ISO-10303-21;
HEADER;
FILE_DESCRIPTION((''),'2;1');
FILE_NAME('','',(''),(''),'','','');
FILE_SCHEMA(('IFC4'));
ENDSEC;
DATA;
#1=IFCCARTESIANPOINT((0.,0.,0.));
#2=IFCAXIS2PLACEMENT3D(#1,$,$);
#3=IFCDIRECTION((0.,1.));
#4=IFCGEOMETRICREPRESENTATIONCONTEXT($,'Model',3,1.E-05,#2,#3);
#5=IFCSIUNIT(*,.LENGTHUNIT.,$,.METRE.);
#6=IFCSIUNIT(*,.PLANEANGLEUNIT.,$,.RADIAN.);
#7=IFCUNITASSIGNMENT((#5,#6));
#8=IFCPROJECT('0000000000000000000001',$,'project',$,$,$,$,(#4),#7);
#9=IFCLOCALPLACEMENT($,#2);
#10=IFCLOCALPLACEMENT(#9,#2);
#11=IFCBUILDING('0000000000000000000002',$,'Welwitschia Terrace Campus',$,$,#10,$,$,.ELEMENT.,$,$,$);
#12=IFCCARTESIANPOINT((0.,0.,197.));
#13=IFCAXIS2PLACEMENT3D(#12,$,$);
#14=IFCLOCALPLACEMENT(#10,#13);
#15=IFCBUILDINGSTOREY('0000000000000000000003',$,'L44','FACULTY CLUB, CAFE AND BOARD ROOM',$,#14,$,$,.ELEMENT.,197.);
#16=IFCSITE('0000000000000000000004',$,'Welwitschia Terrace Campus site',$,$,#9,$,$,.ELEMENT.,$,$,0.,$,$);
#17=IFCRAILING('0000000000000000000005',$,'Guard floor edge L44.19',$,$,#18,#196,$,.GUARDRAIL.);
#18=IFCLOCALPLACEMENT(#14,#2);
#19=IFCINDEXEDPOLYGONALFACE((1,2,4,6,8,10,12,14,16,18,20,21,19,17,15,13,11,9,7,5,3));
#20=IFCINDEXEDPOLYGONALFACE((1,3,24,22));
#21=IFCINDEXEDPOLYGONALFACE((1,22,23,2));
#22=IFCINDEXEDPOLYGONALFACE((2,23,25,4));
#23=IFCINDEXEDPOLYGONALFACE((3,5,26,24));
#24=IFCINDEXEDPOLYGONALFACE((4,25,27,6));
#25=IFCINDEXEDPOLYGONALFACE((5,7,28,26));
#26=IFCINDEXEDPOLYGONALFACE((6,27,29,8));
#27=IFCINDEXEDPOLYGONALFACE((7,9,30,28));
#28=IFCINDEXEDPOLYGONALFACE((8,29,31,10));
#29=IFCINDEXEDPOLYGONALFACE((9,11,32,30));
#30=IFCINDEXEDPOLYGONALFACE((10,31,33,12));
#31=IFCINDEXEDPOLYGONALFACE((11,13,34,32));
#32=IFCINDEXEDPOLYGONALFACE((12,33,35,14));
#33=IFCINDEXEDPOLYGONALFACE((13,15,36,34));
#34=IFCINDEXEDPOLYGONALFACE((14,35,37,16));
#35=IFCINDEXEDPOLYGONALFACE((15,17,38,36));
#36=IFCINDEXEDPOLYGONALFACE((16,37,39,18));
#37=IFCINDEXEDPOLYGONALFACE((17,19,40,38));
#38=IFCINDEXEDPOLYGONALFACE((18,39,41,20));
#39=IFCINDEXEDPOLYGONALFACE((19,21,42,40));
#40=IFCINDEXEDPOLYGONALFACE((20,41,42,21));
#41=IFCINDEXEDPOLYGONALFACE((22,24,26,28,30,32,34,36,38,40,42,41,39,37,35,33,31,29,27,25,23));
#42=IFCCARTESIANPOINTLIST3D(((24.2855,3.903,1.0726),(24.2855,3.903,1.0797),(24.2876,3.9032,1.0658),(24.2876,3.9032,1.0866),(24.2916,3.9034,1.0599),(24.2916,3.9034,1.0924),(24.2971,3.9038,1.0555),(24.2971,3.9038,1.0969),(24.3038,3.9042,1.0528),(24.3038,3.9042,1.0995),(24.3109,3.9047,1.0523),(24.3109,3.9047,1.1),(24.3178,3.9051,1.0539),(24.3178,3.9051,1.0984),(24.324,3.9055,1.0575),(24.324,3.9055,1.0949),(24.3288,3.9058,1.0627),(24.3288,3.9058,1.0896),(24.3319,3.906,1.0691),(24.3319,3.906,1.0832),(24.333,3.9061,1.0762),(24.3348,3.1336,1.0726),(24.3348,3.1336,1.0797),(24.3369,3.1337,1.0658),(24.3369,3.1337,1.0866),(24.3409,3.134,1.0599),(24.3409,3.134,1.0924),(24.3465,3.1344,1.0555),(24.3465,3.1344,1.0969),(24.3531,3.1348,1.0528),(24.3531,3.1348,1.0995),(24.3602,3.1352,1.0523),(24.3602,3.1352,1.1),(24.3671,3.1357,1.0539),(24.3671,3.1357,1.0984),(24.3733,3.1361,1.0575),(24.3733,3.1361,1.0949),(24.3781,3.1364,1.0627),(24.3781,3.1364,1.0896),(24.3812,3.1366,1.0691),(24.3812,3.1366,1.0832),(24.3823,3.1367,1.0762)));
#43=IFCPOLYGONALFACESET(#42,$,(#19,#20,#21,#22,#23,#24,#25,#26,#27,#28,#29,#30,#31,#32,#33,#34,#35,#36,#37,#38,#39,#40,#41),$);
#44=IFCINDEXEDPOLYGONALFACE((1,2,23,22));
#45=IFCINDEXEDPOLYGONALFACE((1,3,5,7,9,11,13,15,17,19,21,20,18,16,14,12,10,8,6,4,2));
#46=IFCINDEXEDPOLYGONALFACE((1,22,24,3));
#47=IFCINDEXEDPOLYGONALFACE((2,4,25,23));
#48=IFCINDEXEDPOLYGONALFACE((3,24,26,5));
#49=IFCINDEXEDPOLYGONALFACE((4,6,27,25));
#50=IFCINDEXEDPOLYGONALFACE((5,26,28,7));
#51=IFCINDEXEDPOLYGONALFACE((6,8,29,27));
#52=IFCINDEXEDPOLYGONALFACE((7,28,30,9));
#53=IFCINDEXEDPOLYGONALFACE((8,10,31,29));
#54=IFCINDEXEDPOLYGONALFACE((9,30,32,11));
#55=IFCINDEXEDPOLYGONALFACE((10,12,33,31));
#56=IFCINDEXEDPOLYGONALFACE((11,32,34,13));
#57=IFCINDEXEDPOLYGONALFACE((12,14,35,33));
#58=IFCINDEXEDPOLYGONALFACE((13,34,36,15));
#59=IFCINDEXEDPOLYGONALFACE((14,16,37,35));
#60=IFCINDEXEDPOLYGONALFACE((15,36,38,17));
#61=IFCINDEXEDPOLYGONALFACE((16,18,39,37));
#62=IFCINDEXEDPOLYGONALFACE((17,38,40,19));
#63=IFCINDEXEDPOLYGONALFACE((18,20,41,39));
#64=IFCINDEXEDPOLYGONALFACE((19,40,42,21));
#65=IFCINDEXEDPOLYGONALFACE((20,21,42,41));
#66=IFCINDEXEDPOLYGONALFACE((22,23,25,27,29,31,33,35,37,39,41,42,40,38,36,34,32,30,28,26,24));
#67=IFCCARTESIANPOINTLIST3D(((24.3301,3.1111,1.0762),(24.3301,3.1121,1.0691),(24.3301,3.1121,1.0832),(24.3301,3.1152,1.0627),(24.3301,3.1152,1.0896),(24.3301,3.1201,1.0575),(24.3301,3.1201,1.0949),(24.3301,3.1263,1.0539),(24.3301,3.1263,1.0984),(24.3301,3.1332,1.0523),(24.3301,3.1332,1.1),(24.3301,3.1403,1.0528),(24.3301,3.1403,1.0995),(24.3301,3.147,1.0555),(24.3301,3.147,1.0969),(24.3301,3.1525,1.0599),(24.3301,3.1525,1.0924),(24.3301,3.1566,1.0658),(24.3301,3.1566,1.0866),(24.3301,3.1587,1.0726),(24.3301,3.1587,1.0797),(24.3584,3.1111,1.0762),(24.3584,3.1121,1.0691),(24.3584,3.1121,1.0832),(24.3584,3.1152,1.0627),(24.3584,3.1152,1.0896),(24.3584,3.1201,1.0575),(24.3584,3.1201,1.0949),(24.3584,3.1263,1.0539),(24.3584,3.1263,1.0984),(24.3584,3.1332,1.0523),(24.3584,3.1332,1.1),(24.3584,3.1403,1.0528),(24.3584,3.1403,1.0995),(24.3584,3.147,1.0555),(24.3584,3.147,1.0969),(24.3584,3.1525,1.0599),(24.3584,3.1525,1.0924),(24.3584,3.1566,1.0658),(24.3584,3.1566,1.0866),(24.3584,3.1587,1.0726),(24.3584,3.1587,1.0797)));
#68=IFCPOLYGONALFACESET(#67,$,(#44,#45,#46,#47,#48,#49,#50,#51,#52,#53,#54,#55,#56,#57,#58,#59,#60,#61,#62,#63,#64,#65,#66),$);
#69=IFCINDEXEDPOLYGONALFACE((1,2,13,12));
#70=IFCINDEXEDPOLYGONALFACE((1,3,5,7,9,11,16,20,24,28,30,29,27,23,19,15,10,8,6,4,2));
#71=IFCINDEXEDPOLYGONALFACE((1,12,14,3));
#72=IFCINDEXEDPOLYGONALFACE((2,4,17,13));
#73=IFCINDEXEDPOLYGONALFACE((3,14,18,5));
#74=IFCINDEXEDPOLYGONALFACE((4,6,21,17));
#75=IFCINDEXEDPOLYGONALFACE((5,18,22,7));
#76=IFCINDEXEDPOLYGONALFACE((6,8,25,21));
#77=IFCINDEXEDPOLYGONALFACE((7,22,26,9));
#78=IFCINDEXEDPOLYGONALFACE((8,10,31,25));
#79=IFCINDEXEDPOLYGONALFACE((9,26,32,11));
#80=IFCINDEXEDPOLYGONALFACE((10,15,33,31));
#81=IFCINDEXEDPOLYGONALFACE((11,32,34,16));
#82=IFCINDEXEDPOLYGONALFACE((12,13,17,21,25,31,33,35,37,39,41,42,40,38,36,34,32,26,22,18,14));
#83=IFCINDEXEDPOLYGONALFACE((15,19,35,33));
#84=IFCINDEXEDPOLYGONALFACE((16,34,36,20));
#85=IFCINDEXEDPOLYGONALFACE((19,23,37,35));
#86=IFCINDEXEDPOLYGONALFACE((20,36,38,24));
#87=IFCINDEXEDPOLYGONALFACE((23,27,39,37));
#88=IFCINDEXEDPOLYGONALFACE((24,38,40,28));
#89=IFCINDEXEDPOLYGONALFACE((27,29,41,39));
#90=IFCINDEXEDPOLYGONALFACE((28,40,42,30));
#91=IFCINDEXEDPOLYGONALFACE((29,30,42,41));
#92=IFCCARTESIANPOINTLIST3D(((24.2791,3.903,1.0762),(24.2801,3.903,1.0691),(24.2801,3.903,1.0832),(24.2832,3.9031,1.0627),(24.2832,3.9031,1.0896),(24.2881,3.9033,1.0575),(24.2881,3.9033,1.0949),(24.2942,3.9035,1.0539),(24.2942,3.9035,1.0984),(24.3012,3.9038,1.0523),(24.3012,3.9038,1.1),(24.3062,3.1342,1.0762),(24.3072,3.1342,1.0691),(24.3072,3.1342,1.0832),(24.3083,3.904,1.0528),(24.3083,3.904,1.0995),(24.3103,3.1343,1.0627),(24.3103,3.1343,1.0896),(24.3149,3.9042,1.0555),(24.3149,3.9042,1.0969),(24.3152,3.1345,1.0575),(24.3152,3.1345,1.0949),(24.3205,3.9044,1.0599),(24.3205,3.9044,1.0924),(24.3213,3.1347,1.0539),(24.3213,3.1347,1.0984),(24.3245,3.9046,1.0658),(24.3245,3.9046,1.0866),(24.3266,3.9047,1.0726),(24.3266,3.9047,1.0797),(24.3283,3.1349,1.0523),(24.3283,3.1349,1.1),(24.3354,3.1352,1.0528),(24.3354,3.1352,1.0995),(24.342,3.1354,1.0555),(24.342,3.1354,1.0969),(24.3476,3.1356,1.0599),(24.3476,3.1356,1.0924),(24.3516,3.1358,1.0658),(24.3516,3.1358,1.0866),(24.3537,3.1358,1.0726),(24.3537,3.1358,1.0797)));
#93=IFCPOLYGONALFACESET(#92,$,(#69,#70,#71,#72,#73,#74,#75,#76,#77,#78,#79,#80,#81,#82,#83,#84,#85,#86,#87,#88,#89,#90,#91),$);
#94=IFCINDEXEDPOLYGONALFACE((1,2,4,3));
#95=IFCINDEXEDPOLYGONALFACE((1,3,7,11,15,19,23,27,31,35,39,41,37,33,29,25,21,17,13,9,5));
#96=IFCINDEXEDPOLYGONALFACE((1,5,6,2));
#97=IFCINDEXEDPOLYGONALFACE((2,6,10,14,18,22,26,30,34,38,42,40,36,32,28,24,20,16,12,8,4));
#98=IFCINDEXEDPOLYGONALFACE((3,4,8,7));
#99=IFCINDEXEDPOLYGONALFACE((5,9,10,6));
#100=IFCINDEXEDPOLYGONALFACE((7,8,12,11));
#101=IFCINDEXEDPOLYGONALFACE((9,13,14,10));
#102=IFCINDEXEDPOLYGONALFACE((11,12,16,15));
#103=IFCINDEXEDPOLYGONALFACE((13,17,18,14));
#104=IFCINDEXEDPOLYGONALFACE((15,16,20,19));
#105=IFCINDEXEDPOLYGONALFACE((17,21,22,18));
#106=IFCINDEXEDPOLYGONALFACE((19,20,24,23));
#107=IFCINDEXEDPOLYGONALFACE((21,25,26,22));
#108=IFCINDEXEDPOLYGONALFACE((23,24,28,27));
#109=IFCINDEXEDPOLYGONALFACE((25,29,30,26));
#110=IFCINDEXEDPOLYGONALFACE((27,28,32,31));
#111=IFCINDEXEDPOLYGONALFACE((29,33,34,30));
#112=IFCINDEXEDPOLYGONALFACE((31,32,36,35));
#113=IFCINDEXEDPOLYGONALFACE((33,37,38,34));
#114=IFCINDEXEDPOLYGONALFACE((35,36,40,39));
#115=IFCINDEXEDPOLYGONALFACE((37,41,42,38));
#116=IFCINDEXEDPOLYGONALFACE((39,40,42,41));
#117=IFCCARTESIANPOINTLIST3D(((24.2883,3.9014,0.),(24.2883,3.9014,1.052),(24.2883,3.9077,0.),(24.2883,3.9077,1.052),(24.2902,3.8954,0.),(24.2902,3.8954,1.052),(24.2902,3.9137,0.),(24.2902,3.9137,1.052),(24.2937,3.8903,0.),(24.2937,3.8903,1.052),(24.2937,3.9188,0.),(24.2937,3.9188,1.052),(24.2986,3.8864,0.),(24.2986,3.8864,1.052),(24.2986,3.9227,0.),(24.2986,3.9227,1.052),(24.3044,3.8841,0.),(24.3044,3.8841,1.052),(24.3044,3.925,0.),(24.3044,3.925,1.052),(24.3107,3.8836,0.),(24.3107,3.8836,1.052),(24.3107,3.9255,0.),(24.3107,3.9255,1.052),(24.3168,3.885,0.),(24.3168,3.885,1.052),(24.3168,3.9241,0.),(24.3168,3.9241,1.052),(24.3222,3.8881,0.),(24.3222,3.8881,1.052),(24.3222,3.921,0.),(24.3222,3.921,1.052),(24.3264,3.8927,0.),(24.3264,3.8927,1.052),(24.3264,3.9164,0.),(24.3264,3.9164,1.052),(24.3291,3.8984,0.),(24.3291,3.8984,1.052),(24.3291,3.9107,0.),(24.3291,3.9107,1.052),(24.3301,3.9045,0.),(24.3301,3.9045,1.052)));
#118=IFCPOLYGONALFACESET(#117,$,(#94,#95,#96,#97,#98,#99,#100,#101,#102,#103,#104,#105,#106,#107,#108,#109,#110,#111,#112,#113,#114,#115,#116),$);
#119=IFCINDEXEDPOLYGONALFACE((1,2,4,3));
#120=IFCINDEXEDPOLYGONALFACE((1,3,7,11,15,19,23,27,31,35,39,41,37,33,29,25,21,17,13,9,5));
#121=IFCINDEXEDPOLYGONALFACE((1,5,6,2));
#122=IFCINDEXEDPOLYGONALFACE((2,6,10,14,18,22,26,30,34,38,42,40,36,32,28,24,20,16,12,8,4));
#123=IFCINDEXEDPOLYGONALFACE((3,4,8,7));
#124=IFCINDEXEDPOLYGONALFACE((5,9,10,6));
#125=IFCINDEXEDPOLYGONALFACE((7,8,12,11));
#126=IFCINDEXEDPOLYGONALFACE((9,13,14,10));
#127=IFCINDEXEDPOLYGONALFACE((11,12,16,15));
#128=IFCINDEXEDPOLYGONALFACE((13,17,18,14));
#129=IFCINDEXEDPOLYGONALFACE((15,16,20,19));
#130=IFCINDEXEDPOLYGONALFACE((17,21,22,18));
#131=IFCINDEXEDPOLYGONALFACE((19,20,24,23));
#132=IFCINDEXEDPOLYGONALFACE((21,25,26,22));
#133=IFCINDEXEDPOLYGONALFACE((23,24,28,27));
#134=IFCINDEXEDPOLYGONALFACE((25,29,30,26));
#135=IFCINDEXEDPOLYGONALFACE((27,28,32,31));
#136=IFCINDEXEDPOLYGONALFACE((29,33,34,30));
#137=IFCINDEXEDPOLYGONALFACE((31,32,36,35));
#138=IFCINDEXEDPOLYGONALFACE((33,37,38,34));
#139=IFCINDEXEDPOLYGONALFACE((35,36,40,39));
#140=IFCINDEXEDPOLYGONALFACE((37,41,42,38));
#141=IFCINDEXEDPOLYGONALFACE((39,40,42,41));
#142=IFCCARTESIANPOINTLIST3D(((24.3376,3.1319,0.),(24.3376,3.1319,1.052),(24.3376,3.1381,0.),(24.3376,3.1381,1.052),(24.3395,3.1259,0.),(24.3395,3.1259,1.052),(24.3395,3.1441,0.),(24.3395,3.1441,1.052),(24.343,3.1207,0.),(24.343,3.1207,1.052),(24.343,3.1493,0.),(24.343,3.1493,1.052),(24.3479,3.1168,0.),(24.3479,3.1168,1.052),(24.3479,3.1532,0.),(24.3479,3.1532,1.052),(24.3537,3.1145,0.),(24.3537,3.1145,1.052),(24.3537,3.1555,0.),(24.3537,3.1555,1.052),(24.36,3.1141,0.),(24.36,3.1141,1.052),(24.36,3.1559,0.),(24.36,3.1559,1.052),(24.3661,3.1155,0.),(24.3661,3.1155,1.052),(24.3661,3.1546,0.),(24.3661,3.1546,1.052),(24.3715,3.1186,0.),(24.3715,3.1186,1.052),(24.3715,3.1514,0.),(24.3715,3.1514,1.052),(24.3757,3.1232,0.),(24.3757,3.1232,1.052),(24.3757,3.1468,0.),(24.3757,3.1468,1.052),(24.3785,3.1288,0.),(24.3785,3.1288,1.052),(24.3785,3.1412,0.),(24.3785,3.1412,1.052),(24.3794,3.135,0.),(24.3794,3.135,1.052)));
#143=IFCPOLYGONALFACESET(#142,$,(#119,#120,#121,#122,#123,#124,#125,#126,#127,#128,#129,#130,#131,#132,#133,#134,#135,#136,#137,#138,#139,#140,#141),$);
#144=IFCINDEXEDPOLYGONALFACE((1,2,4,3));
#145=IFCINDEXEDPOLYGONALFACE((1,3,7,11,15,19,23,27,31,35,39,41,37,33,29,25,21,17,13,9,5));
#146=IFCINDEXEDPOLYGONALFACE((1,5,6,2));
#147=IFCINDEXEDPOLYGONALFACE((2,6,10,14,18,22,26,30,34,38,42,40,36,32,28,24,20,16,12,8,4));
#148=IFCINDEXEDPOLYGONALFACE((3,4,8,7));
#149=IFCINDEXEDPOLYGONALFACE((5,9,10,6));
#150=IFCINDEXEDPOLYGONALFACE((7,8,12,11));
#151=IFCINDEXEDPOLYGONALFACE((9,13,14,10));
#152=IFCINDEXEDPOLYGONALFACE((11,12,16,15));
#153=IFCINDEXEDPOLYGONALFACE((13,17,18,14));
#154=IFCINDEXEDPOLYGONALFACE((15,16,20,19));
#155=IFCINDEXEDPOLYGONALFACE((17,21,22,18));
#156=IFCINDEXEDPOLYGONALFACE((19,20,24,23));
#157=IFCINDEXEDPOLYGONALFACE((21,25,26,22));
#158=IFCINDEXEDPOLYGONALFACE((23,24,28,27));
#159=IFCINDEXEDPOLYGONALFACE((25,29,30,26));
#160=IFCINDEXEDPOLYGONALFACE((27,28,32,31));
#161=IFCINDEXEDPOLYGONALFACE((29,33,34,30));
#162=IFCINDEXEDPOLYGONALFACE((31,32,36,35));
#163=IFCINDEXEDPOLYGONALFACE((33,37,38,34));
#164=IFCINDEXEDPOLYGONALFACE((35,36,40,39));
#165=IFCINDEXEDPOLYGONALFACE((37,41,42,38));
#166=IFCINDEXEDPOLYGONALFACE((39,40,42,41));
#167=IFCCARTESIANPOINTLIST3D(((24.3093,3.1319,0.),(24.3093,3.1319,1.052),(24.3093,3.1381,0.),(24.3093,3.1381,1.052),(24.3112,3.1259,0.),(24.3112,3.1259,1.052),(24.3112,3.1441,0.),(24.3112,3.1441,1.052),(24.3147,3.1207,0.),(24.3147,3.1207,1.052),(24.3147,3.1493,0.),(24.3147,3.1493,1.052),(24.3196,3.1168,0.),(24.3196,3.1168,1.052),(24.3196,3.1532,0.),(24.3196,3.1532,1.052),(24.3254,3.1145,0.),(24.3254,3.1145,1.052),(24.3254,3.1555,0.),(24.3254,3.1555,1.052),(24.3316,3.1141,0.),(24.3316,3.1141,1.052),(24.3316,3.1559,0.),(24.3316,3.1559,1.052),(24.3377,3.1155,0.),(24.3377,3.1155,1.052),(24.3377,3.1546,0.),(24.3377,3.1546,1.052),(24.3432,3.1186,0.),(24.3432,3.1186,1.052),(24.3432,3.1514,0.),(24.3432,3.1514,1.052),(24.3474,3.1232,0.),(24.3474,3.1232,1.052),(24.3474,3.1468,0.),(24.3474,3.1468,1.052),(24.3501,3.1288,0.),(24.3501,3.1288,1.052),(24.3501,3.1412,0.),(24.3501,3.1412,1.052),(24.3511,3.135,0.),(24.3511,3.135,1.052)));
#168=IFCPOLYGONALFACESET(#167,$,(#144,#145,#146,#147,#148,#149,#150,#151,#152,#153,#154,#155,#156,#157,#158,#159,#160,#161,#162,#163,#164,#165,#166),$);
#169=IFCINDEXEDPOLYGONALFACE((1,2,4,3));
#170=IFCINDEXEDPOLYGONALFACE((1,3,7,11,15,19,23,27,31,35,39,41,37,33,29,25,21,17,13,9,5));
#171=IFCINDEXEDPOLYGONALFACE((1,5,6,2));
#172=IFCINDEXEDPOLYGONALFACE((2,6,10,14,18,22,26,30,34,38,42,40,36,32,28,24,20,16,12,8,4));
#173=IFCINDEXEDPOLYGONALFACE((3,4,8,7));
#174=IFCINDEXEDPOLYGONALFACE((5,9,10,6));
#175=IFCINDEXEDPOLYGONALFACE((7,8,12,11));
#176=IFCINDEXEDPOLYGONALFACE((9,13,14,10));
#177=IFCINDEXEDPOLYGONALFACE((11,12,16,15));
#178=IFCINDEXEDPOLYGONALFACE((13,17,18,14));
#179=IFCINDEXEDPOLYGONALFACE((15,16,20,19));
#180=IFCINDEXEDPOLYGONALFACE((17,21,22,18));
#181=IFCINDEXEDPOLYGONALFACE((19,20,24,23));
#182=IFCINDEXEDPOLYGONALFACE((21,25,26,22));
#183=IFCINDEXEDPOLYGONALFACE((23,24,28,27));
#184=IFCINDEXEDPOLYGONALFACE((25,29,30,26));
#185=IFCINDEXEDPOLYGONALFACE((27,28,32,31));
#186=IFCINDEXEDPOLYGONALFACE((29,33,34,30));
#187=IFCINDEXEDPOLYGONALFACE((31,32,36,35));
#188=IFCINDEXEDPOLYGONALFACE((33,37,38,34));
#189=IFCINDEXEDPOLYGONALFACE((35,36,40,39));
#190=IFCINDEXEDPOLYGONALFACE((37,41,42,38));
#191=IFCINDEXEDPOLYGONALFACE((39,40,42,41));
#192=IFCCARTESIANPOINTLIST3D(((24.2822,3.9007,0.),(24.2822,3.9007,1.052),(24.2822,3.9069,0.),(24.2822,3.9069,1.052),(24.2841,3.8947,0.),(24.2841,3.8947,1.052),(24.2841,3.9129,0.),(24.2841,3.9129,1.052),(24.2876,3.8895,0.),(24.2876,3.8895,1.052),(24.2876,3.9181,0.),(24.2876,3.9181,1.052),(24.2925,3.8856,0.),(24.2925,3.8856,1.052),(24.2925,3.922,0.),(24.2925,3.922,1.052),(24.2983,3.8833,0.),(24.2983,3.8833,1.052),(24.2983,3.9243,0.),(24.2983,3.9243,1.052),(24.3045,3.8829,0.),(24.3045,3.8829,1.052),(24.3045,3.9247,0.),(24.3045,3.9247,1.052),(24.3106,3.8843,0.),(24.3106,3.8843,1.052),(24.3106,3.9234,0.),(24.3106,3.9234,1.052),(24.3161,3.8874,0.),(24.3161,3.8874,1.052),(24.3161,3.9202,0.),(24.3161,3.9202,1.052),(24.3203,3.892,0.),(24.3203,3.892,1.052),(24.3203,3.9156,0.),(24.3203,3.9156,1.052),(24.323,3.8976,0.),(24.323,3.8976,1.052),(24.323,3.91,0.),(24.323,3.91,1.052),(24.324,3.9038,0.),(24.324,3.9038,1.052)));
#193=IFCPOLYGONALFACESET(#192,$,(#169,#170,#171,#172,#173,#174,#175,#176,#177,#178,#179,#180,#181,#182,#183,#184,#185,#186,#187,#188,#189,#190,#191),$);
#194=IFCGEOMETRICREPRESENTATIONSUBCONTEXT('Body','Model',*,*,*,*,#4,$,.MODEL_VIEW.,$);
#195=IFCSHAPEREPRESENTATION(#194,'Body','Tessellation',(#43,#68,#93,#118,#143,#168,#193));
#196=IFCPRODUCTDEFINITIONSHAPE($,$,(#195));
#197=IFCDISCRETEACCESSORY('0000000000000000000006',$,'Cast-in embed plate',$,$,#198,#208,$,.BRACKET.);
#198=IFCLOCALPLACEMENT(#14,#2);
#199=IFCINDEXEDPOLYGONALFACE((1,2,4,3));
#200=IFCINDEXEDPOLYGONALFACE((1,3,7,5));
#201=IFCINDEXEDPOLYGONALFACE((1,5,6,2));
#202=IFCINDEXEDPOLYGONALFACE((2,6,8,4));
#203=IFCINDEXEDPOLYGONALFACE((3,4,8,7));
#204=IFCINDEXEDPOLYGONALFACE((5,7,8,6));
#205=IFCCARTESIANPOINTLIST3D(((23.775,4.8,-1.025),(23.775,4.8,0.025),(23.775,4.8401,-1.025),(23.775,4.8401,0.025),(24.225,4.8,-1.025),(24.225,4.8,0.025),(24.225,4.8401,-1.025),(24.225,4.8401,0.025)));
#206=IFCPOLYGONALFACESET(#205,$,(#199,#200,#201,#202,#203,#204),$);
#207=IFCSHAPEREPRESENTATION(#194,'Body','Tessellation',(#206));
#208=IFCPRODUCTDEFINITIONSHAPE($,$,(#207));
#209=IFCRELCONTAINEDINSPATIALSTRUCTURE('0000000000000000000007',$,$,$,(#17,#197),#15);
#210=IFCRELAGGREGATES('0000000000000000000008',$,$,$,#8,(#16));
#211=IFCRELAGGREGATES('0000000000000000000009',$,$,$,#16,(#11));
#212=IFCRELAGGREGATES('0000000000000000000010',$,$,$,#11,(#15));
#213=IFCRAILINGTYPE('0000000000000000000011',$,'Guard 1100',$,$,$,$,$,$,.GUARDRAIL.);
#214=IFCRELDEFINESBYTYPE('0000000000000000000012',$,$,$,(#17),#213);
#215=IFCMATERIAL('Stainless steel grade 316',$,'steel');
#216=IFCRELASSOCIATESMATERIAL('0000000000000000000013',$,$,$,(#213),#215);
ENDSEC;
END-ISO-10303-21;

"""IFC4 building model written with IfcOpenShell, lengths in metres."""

from ifc_helpers import new_model, si_unit, direction, frame, origin, origin_2d, place, context, subcontext, project, spatial, rectangle, circle, extrude, material, type_object, element, save


model = new_model("IFC4")

# Units and contexts
model_context = context("Model", 3, precision=1e-05, world=origin(), true_north=direction((0.0, 1.0)))
body_context = subcontext(model_context, "Body", "Model", "MODEL_VIEW")
ifc_project = project(units=[si_unit("LENGTHUNIT", "METRE"), si_unit("PLANEANGLEUNIT", "RADIAN")], contexts=[model_context])

# Site, building, storey
site_placement = place(None, origin())
site = spatial("IfcSite", under=ifc_project, at=site_placement, Name="Welwitschia Terrace Campus site", CompositionType="ELEMENT", RefElevation=0.0)
building_placement = place(site_placement, origin())
building = spatial("IfcBuilding", under=site, at=building_placement, Name="Welwitschia Terrace Campus", CompositionType="ELEMENT")
storey_placement = place(building_placement, frame((0.0, 0.0, 197.0)))
storey = spatial("IfcBuildingStorey", under=building, at=storey_placement, Name="L44", Description="FACULTY CLUB, CAFE AND BOARD ROOM", CompositionType="ELEMENT", Elevation=197.0)

# Railing
ifc_material_1 = material(Name="Stainless steel grade 316", Category="steel")
railing_type_1 = type_object("IfcRailingType", Name="Guard 1100", PredefinedType="GUARDRAIL", material=ifc_material_1)
railing_1_placement = place(storey_placement, frame((24.3091, 3.9045, 0.0)))
element("IfcRailing", 1, at=railing_1_placement, inside=storey, type_object=railing_type_1, Name="Guard floor edge L44.19", PredefinedType="GUARDRAIL", context=body_context, shape_type="SweptSolid", body=[
    extrude(circle(Radius=0.0239, at=origin_2d()), frame((0.0, 0.0, 1.0762), z_axis=(0.063955, -0.997953, 0.0), x_axis=(0.997953, 0.063955, 0.0)), (0.0, 0.0, 1.0), 0.771),
    extrude(circle(Radius=0.0239, at=origin_2d()), frame((0.0493, -0.7695, 1.0762), z_axis=(-1.0, 0.0, 0.0), x_axis=(0.0, -1.0, 0.0)), (0.0, 0.0, 1.0), 0.0283),
    extrude(circle(Radius=0.0239, at=origin_2d()), frame((0.021, -0.7695, 1.0762), z_axis=(-0.035227, 0.999379, 0.0), x_axis=(-0.999379, -0.035227, 0.0)), (0.0, 0.0, 1.0), 0.7693),
    extrude(circle(Radius=0.021, at=origin_2d()), origin(), (0.0, 0.0, 1.0), 1.052),
    extrude(circle(Radius=0.021, at=origin_2d()), frame((0.0493, -0.7695, 0.0)), (0.0, 0.0, 1.0), 1.052),
    extrude(circle(Radius=0.021, at=origin_2d()), frame((0.021, -0.7695, 0.0)), (0.0, 0.0, 1.0), 1.052),
    extrude(circle(Radius=0.021, at=origin_2d()), frame((-0.0061, -0.0007, 0.0)), (0.0, 0.0, 1.0), 1.052),
])

# Discrete accessory
discrete_accessory_1_placement = place(storey_placement, frame((24.0, 4.8, -0.5), z_axis=(0.0, 1.0, 0.0), x_axis=(-1.0, 0.0, 0.0)))
element("IfcDiscreteAccessory", 2, at=discrete_accessory_1_placement, inside=storey, Name="Cast-in embed plate", PredefinedType="BRACKET", context=body_context, shape_type="SweptSolid", body=[
    extrude(rectangle(XDim=0.45, YDim=1.05, at=origin_2d()), origin(), (0.0, 0.0, 1.0), 0.04),
])

save(model, "model.ifc")
